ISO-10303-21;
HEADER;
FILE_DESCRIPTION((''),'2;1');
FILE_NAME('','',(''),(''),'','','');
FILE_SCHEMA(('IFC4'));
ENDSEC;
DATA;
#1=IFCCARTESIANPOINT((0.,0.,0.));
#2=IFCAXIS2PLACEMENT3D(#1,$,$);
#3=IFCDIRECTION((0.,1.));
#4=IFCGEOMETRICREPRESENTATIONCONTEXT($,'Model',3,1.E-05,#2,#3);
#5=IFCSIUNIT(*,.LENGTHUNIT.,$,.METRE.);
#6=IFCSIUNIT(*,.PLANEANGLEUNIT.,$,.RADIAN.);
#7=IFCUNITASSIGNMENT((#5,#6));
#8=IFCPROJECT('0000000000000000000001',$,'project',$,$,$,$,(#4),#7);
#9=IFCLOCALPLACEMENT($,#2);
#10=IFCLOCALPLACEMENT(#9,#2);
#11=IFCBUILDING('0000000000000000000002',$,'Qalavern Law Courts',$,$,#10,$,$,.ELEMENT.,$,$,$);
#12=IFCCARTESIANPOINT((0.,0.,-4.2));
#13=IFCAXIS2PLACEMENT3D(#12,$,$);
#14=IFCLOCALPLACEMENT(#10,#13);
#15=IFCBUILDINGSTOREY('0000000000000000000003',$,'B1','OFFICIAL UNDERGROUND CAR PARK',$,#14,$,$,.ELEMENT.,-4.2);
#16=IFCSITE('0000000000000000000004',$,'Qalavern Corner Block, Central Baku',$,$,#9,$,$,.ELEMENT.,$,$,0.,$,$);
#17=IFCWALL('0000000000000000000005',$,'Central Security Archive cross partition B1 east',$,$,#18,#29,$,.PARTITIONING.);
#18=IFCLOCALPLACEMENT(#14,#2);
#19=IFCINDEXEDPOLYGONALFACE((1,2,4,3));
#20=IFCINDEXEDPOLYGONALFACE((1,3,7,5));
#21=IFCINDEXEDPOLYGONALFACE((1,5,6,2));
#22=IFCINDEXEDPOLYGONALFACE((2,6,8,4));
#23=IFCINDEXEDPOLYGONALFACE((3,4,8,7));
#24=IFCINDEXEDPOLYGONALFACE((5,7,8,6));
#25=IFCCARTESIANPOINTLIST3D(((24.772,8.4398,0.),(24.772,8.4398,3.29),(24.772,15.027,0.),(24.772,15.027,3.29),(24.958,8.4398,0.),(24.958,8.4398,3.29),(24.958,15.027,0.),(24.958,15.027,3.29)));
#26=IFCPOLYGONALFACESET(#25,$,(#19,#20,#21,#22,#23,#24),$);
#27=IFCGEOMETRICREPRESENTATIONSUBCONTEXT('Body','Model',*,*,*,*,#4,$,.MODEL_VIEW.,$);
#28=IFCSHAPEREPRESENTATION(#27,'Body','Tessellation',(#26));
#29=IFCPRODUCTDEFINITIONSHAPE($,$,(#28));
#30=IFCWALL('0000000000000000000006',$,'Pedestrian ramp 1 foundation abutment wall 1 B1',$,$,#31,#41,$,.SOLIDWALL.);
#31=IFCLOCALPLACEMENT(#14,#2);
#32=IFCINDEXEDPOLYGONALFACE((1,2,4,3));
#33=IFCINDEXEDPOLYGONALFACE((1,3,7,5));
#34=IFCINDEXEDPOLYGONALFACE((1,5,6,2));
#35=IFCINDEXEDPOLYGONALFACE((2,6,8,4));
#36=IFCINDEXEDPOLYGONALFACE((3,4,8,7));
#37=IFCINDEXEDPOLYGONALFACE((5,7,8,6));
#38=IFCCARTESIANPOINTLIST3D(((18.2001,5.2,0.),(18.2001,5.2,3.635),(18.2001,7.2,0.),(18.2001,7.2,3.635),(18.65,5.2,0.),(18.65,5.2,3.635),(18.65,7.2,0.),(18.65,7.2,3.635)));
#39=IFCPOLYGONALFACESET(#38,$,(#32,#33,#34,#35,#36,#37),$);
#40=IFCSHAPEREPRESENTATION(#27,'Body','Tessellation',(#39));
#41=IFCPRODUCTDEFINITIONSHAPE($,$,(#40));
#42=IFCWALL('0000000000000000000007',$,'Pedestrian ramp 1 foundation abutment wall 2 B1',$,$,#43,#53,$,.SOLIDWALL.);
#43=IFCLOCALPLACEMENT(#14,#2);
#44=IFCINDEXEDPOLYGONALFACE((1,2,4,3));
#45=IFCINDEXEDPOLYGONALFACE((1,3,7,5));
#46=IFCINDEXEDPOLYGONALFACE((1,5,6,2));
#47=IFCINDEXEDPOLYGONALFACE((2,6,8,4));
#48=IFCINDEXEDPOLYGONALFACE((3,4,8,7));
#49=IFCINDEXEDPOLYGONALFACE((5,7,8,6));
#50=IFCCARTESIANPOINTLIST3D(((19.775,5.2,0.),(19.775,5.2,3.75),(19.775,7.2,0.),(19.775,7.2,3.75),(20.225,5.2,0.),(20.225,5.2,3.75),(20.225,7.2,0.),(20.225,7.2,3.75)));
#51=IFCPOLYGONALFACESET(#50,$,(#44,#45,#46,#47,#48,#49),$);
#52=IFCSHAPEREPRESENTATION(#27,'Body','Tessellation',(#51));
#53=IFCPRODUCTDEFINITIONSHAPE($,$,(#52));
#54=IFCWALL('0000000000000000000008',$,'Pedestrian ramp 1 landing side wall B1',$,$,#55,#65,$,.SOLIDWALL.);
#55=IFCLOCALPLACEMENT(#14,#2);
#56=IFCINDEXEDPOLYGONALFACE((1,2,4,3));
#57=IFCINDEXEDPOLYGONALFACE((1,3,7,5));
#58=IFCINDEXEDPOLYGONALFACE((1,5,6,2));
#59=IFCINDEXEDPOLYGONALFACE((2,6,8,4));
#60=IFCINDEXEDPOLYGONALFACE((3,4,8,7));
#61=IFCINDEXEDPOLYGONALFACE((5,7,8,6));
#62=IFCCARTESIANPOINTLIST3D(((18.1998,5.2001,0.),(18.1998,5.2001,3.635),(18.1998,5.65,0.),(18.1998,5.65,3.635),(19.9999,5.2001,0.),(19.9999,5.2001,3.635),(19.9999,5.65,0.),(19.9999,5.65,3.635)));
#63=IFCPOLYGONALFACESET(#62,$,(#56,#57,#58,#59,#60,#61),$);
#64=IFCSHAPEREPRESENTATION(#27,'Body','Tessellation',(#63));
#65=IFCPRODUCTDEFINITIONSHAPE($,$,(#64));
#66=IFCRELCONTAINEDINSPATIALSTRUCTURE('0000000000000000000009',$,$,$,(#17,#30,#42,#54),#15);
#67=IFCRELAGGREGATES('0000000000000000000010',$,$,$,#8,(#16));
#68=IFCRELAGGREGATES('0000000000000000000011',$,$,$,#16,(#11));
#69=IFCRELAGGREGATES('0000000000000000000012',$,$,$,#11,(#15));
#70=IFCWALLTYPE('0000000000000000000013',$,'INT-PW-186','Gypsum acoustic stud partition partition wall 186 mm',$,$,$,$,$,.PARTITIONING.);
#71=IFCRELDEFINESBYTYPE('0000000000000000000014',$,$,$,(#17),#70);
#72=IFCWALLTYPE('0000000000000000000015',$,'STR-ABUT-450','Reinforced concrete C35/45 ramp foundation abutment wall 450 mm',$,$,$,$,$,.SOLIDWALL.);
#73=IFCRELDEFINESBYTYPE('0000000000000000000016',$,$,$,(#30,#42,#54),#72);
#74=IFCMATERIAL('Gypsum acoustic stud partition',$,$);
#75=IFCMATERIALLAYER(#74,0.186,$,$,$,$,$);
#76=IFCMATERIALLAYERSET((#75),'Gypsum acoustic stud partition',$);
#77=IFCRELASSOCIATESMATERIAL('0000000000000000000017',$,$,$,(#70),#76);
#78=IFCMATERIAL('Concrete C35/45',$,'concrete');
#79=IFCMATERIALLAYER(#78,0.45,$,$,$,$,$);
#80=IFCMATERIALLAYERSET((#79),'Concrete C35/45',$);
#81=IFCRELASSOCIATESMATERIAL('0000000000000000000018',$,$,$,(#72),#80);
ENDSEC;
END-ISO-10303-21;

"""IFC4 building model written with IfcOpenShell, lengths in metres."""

from ifc_helpers import new_model, si_unit, direction, frame, frame_2d, origin, place, context, subcontext, project, spatial, rectangle, extrude, material, layer, layer_set, type_object, element, save


model = new_model("IFC4")

# Units and contexts
model_context = context("Model", 3, precision=1e-05, world=origin(), true_north=direction((0.0, 1.0)))
body_context = subcontext(model_context, "Body", "Model", "MODEL_VIEW")
ifc_project = project(units=[si_unit("LENGTHUNIT", "METRE"), si_unit("PLANEANGLEUNIT", "RADIAN")], contexts=[model_context])

# Site, building, storey
site_placement = place(None, origin())
site = spatial("IfcSite", under=ifc_project, at=site_placement, Name="Qalavern Corner Block, Central Baku", CompositionType="ELEMENT", RefElevation=0.0)
building_placement = place(site_placement, origin())
building = spatial("IfcBuilding", under=site, at=building_placement, Name="Qalavern Law Courts", CompositionType="ELEMENT")
storey_placement = place(building_placement, frame((0.0, 0.0, -4.2)))
storey = spatial("IfcBuildingStorey", under=building, at=storey_placement, Name="B1", Description="OFFICIAL UNDERGROUND CAR PARK", CompositionType="ELEMENT", Elevation=-4.2)

# Shared definitions
ifc_material_1 = material(Name="Concrete C35/45", Category="concrete")

# Walls
ifc_material_2 = material(Name="Gypsum acoustic stud partition")
ifc_layer_1 = layer(ifc_material_2, 0.186)
ifc_layer_set_1 = layer_set([ifc_layer_1], Name="Gypsum acoustic stud partition")
wall_type_1 = type_object("IfcWallType", Name="INT-PW-186", Description="Gypsum acoustic stud partition partition wall 186 mm", PredefinedType="PARTITIONING", material=ifc_layer_set_1)
wall_1_placement = place(storey_placement, frame((24.865, 8.4399, 0.0), z_axis=(0.0, 0.0, 1.0), x_axis=(0.0, 1.0, 0.0)))
element("IfcWall", 1, at=wall_1_placement, inside=storey, type_object=wall_type_1, Name="Central Security Archive cross partition B1 east", PredefinedType="PARTITIONING", context=body_context, shape_type="SweptSolid", body=[
    extrude(rectangle(XDim=6.5872, YDim=0.186, at=frame_2d((3.2935, 0.0))), origin(), (0.0, 0.0, 1.0), 3.29),
])
ifc_layer_2 = layer(ifc_material_1, 0.45)
ifc_layer_set_2 = layer_set([ifc_layer_2], Name="Concrete C35/45")
wall_type_2 = type_object("IfcWallType", Name="STR-ABUT-450", Description="Reinforced concrete C35/45 ramp foundation abutment wall 450 mm", PredefinedType="SOLIDWALL", material=ifc_layer_set_2)
wall_2_placement = place(storey_placement, frame((18.425, 5.2, 0.0), z_axis=(0.0, 0.0, 1.0), x_axis=(0.0, 1.0, 0.0)))
element("IfcWall", 2, at=wall_2_placement, inside=storey, type_object=wall_type_2, Name="Pedestrian ramp 1 foundation abutment wall 1 B1", PredefinedType="SOLIDWALL", context=body_context, shape_type="SweptSolid", body=[
    extrude(rectangle(XDim=2.0, YDim=0.45, at=frame_2d((1.0, 0.0))), origin(), (0.0, 0.0, 1.0), 3.635),
])
wall_3_placement = place(storey_placement, frame((20.0, 5.2, 0.0), z_axis=(0.0, 0.0, 1.0), x_axis=(0.0, 1.0, 0.0)))
element("IfcWall", 3, at=wall_3_placement, inside=storey, type_object=wall_type_2, Name="Pedestrian ramp 1 foundation abutment wall 2 B1", PredefinedType="SOLIDWALL", context=body_context, shape_type="SweptSolid", body=[
    extrude(rectangle(XDim=2.0, YDim=0.45, at=frame_2d((1.0, 0.0))), origin(), (0.0, 0.0, 1.0), 3.75),
])
wall_4_placement = place(storey_placement, frame((18.2, 5.425, 0.0), z_axis=(0.0, 0.0, 1.0), x_axis=(1.0, 0.0, 0.0)))
element("IfcWall", 4, at=wall_4_placement, inside=storey, type_object=wall_type_2, Name="Pedestrian ramp 1 landing side wall B1", PredefinedType="SOLIDWALL", context=body_context, shape_type="SweptSolid", body=[
    extrude(rectangle(XDim=1.8, YDim=0.45, at=frame_2d((0.8999, 0.0))), origin(), (0.0, 0.0, 1.0), 3.635),
])

save(model, "model.ifc")
